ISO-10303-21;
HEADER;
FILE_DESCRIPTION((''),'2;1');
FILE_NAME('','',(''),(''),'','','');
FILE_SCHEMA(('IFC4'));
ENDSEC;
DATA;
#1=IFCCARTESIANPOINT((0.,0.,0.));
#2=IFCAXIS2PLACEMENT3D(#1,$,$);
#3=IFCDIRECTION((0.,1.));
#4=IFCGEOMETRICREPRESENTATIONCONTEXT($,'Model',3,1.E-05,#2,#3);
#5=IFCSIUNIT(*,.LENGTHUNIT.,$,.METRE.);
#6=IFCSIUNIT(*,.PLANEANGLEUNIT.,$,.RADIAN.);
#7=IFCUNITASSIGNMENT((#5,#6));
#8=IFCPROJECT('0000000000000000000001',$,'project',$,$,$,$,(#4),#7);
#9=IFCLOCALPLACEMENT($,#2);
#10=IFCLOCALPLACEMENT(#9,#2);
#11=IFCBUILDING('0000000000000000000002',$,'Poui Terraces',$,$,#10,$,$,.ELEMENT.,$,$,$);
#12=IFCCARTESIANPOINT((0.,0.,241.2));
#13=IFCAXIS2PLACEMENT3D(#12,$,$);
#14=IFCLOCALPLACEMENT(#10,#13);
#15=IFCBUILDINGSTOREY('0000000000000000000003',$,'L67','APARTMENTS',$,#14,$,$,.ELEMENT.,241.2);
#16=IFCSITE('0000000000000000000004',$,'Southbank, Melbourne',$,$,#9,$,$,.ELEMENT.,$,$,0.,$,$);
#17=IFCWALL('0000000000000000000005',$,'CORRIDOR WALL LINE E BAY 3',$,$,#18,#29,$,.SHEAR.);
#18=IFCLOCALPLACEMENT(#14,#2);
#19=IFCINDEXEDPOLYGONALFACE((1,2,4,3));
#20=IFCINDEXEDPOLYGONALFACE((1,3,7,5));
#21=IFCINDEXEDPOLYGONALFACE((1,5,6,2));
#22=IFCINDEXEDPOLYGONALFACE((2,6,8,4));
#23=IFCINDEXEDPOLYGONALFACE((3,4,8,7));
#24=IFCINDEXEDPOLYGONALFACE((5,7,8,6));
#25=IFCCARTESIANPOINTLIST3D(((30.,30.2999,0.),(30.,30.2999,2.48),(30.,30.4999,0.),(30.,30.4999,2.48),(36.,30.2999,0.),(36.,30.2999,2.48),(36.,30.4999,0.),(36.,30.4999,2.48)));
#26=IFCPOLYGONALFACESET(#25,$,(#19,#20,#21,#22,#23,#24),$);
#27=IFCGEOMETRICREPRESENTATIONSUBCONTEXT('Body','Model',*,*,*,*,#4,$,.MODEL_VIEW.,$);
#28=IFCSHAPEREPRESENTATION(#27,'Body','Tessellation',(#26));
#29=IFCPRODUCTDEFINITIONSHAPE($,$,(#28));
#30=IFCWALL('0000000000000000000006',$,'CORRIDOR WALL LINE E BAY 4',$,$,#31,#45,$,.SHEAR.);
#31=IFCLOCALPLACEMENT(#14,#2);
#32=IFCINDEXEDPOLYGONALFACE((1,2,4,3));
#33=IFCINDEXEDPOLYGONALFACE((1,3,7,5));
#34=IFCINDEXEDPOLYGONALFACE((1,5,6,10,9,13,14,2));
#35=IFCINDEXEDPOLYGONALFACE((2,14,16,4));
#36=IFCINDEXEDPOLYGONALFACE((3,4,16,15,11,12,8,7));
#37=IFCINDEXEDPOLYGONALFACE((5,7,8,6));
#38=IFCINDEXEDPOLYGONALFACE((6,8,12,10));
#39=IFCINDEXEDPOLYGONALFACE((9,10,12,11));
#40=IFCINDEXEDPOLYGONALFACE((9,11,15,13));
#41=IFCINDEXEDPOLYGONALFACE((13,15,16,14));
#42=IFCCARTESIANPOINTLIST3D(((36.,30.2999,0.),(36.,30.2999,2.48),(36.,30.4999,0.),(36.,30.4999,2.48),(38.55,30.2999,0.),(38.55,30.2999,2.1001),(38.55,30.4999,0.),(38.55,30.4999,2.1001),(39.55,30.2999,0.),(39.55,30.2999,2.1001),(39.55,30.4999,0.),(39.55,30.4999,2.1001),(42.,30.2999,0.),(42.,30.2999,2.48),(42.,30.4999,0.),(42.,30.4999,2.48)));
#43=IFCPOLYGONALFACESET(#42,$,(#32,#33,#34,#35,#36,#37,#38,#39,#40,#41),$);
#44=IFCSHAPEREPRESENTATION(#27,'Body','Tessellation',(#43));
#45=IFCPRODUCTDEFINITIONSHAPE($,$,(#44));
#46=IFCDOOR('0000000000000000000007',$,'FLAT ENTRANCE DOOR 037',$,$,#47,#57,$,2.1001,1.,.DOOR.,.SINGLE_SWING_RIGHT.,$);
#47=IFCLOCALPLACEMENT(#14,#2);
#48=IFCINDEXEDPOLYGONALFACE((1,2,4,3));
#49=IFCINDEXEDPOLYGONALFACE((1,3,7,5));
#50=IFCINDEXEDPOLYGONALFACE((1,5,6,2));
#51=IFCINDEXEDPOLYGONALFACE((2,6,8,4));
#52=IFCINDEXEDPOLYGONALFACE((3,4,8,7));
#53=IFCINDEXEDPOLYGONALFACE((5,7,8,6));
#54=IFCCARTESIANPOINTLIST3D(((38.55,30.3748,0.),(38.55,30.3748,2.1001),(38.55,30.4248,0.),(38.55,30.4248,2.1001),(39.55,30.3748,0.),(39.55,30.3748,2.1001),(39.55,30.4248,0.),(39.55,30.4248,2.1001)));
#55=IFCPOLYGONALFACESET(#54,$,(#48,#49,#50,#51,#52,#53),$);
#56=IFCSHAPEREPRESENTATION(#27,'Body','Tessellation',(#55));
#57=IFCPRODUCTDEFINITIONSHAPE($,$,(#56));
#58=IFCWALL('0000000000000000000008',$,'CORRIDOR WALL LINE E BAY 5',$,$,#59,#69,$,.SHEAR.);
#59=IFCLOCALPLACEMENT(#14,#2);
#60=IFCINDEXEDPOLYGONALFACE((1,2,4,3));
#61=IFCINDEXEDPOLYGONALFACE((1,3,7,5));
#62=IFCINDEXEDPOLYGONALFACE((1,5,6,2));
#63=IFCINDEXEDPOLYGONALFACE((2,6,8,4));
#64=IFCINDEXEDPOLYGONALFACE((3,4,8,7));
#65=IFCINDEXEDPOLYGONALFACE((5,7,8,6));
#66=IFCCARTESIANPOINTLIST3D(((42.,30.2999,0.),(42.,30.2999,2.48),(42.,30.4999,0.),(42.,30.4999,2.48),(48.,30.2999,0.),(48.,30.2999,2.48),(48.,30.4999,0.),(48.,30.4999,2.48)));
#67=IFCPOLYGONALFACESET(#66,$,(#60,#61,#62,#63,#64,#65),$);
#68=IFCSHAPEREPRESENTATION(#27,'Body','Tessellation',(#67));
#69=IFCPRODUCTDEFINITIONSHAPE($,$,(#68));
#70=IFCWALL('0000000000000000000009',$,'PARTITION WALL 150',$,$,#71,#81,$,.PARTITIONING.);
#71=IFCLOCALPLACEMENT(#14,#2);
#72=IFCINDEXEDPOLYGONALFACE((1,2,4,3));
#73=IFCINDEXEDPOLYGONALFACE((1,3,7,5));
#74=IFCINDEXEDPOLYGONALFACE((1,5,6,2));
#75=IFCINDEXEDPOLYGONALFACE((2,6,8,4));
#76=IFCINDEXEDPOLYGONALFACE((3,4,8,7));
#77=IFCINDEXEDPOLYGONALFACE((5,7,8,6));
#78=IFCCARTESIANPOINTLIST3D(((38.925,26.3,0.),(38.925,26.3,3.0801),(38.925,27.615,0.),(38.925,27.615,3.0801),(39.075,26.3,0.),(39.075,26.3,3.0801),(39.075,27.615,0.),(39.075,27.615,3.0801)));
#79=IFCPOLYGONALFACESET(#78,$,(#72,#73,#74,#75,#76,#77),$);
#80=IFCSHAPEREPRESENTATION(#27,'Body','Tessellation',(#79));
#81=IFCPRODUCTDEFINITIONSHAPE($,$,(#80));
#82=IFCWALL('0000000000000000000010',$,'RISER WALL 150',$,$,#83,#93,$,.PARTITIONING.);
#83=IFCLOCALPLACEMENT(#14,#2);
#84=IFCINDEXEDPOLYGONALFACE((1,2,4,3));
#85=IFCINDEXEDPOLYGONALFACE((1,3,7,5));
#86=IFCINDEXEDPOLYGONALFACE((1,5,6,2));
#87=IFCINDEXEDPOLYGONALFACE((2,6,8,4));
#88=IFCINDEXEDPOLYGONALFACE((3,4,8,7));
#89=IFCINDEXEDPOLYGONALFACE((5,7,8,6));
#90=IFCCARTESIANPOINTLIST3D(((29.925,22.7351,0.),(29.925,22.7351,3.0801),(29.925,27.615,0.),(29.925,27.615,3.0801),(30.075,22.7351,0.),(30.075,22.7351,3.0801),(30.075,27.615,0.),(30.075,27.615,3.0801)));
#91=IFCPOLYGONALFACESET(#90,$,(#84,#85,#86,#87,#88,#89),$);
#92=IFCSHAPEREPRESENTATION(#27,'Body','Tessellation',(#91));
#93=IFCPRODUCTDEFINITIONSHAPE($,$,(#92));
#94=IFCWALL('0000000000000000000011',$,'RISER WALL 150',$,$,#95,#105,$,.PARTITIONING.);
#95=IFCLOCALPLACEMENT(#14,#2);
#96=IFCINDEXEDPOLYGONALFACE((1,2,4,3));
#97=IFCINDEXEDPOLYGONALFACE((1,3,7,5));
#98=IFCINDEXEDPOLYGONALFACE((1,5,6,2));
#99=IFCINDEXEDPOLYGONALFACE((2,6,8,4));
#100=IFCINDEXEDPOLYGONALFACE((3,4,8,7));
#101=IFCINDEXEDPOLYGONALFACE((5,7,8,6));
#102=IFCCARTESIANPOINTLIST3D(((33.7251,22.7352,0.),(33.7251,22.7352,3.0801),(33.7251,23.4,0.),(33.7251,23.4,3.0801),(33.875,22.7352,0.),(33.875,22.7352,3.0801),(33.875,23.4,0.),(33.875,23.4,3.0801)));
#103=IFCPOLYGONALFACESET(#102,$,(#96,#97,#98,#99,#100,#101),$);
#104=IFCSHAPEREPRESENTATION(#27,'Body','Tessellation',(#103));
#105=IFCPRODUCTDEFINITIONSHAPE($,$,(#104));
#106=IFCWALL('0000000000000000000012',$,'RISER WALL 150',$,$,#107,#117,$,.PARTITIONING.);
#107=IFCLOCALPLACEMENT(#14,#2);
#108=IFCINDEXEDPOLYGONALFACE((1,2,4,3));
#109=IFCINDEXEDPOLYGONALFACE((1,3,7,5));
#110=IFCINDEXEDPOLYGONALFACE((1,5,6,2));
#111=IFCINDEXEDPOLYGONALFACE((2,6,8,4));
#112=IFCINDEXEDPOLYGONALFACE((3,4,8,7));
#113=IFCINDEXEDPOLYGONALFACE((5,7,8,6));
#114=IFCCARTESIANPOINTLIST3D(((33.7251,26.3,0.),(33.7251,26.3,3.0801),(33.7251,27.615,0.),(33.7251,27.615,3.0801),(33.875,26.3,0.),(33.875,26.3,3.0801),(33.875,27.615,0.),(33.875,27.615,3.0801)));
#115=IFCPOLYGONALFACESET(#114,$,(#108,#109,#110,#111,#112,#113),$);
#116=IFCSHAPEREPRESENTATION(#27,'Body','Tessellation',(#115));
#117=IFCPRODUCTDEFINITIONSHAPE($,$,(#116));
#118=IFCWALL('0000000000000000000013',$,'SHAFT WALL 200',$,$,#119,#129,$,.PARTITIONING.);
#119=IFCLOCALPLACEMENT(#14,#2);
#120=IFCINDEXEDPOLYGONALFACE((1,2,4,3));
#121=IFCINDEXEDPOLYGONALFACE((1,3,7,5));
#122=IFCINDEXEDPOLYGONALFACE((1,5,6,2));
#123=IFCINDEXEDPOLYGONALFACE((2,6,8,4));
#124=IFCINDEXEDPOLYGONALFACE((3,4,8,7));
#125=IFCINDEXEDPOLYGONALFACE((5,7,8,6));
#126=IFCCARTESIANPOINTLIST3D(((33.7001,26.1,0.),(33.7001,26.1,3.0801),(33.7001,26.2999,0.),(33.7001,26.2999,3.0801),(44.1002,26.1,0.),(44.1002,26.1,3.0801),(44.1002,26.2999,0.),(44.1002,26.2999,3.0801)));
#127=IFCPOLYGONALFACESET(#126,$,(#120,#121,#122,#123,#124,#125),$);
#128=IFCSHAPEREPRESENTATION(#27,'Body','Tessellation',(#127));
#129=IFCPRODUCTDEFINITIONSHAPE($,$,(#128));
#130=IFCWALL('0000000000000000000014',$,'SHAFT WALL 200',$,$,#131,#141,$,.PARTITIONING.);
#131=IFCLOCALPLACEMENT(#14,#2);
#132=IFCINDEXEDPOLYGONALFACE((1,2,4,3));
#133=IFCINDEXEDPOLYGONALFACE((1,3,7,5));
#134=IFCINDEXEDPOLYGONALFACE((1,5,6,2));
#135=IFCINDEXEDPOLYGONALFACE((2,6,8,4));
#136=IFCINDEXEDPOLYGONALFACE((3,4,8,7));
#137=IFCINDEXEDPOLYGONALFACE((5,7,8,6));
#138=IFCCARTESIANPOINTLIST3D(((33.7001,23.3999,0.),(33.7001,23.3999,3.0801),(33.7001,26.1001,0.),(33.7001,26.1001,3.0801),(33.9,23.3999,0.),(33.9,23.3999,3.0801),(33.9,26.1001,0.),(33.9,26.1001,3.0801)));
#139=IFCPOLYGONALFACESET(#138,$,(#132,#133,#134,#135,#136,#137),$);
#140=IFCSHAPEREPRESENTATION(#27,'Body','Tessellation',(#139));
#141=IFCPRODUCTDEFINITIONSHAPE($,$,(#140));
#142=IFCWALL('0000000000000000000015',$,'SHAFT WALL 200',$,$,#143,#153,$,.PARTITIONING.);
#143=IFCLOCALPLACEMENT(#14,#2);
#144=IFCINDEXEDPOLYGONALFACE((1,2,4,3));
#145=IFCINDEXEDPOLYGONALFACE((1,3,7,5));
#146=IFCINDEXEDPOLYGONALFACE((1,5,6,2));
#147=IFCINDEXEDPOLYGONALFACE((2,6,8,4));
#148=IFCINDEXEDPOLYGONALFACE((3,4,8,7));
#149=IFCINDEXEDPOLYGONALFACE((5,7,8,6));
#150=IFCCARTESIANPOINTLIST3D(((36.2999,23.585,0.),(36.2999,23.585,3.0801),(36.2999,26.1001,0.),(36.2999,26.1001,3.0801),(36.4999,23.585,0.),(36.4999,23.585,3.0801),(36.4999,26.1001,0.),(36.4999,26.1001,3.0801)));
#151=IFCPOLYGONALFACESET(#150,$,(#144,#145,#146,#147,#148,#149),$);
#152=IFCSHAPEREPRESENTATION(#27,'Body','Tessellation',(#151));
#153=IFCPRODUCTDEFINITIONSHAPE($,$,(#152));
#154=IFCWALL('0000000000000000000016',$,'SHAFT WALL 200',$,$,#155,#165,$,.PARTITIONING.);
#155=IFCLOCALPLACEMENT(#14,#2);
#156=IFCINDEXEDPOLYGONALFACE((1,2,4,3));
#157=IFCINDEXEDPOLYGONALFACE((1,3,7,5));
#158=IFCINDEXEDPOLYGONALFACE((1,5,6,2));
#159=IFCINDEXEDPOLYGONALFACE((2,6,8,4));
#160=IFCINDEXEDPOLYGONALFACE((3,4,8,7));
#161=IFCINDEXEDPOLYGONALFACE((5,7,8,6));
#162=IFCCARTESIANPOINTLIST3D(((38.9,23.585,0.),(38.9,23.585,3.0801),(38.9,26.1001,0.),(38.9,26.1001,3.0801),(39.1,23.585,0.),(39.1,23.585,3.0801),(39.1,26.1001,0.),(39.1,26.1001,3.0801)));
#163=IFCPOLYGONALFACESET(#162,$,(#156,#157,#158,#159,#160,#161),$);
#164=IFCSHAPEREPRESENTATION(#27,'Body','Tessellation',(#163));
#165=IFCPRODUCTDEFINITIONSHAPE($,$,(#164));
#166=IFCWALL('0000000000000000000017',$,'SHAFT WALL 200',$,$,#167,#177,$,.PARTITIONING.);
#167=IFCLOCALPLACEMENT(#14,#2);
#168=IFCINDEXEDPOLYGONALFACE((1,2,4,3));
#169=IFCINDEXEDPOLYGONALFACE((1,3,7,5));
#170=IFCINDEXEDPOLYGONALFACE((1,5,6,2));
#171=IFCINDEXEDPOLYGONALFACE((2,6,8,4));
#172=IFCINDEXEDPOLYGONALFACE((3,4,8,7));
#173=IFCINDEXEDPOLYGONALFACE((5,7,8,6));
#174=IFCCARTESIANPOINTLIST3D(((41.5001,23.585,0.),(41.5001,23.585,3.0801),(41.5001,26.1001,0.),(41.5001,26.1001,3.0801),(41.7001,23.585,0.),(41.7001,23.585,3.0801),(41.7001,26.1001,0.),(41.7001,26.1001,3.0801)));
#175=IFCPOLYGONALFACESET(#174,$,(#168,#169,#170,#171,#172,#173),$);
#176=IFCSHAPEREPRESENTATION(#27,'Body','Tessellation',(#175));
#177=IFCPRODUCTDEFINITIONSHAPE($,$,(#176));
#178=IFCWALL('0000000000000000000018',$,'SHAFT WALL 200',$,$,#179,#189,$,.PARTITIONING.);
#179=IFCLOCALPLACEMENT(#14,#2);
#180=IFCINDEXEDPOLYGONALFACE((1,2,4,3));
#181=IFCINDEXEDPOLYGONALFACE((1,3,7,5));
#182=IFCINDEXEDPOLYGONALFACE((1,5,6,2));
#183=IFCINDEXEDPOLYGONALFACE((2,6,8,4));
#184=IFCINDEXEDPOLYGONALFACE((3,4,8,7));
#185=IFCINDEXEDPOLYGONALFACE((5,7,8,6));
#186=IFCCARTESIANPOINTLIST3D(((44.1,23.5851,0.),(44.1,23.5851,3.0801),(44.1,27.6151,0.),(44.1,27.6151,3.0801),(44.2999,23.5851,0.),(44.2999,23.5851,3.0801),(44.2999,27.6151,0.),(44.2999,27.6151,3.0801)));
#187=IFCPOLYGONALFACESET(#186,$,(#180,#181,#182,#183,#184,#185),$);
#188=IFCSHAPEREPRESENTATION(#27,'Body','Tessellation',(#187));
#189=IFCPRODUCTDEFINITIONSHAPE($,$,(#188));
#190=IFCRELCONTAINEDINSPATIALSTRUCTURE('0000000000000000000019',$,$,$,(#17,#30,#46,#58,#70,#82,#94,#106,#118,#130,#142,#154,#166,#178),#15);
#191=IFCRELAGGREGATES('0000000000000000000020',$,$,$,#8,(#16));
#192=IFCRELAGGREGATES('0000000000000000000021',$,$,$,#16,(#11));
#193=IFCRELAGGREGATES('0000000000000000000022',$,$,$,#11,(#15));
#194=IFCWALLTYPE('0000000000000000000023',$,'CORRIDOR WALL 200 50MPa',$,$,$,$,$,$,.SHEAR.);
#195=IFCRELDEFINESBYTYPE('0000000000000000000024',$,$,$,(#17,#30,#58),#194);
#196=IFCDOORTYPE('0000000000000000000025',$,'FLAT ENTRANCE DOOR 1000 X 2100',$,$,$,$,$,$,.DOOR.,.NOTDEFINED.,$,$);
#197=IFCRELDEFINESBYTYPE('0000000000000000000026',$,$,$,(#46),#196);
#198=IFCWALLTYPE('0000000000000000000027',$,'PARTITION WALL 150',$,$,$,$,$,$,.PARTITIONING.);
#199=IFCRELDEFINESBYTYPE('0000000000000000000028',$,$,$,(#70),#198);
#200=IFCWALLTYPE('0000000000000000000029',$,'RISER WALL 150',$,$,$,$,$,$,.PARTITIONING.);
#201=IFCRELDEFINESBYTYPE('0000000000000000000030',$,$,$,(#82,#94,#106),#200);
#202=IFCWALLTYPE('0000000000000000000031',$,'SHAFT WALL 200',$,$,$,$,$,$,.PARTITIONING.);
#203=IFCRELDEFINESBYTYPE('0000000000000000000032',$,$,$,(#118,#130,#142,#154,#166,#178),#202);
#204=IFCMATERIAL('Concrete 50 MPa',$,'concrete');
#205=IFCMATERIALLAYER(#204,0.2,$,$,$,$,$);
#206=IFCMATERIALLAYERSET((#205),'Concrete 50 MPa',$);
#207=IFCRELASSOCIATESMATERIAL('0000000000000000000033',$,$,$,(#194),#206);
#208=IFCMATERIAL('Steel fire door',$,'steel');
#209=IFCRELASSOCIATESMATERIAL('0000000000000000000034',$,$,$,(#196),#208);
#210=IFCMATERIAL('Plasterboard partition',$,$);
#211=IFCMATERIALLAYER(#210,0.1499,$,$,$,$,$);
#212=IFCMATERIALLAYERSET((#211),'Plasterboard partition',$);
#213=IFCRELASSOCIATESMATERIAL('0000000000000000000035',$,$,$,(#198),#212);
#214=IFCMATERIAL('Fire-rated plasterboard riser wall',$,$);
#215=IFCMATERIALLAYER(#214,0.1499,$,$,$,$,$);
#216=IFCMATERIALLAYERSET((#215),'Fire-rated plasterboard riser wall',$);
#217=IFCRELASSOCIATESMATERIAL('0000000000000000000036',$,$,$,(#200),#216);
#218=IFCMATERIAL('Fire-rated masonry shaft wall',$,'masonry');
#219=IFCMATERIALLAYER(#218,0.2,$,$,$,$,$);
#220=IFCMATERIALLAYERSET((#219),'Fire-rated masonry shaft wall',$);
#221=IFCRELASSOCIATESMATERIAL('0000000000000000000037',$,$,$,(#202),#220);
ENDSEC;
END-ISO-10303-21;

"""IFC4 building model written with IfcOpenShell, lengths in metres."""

from ifc_helpers import new_model, si_unit, direction, frame, frame_2d, origin, place, context, subcontext, project, spatial, rectangle, extrude, material, layer, layer_set, type_object, element, fill, save


model = new_model("IFC4")

# Units and contexts
model_context = context("Model", 3, precision=1e-05, world=origin(), true_north=direction((0.0, 1.0)))
body_context = subcontext(model_context, "Body", "Model", "MODEL_VIEW")
ifc_project = project(units=[si_unit("LENGTHUNIT", "METRE"), si_unit("PLANEANGLEUNIT", "RADIAN")], contexts=[model_context])

# Site, building, storey
site_placement = place(None, origin())
site = spatial("IfcSite", under=ifc_project, at=site_placement, Name="Southbank, Melbourne", CompositionType="ELEMENT", RefElevation=0.0)
building_placement = place(site_placement, origin())
building = spatial("IfcBuilding", under=site, at=building_placement, Name="Poui Terraces", CompositionType="ELEMENT")
storey_placement = place(building_placement, frame((0.0, 0.0, 241.2)))
storey = spatial("IfcBuildingStorey", under=building, at=storey_placement, Name="L67", Description="APARTMENTS", CompositionType="ELEMENT", Elevation=241.2)

# Shared definitions
ifc_material_1 = material(Name="Concrete 50 MPa", Category="concrete")

# Shared definitions
ifc_material_2 = material(Name="Steel fire door", Category="steel")

# Wall
ifc_layer_1 = layer(ifc_material_1, 0.2)
ifc_layer_set_1 = layer_set([ifc_layer_1], Name="Concrete 50 MPa")
wall_type_1 = type_object("IfcWallType", Name="CORRIDOR WALL 200 50MPa", PredefinedType="SHEAR", material=ifc_layer_set_1)
wall_1_placement = place(storey_placement, frame((30.0, 30.3999, 0.0), z_axis=(0.0, 0.0, 1.0), x_axis=(1.0, 0.0, 0.0)))
element("IfcWall", 1, at=wall_1_placement, inside=storey, type_object=wall_type_1, Name="CORRIDOR WALL LINE E BAY 3", PredefinedType="SHEAR", context=body_context, shape_type="SweptSolid", body=[
    extrude(rectangle(XDim=6.0, YDim=0.2, at=frame_2d((3.0, 0.0))), origin(), (0.0, 0.0, 1.0), 2.48),
])

# Wall, opening, door
wall_2_placement = place(storey_placement, frame((36.0, 30.3999, 0.0), z_axis=(0.0, 0.0, 1.0), x_axis=(1.0, 0.0, 0.0)))
wall_2 = element("IfcWall", 2, at=wall_2_placement, inside=storey, type_object=wall_type_1, Name="CORRIDOR WALL LINE E BAY 4", PredefinedType="SHEAR", context=body_context, shape_type="SweptSolid", body=[
    extrude(rectangle(XDim=6.0, YDim=0.2, at=frame_2d((3.0, 0.0))), origin(), (0.0, 0.0, 1.0), 2.48),
])
opening_1_placement = place(wall_2_placement, frame((2.55, 0.0, 0.0)))
opening_1 = element("IfcOpeningElement", 3, at=opening_1_placement, cuts=wall_2, PredefinedType="OPENING", context=body_context, shape_type="SweptSolid", body=[
    extrude(rectangle(XDim=1.0, YDim=2.1001, at=frame_2d((0.5, 1.05))), frame((0.0, 0.1099, 0.0), z_axis=(0.0, -1.0, 0.0), x_axis=(1.0, 0.0, 0.0)), (0.0, 0.0, 1.0), 0.22),
])
door_type_1 = type_object("IfcDoorType", Name="FLAT ENTRANCE DOOR 1000 X 2100", OperationType="NOTDEFINED", PredefinedType="DOOR", material=ifc_material_2)
door_1_placement = place(opening_1_placement, origin())
door_1 = element("IfcDoor", 4, at=door_1_placement, inside=storey, type_object=door_type_1, Name="FLAT ENTRANCE DOOR 037", OperationType="SINGLE_SWING_RIGHT", OverallHeight=2.1001, OverallWidth=1.0, PredefinedType="DOOR", context=body_context, shape_type="SweptSolid", body=[
    extrude(rectangle(XDim=1.0, YDim=2.1001, at=frame_2d((0.5, 1.05))), frame((0.0, 0.0249, 0.0), z_axis=(0.0, -1.0, 0.0), x_axis=(1.0, 0.0, 0.0)), (0.0, 0.0, 1.0), 0.05),
])
fill(opening_1, door_1)

# Walls
wall_3_placement = place(storey_placement, frame((42.0, 30.3999, 0.0), z_axis=(0.0, 0.0, 1.0), x_axis=(1.0, 0.0, 0.0)))
element("IfcWall", 5, at=wall_3_placement, inside=storey, type_object=wall_type_1, Name="CORRIDOR WALL LINE E BAY 5", PredefinedType="SHEAR", context=body_context, shape_type="SweptSolid", body=[
    extrude(rectangle(XDim=6.0, YDim=0.2, at=frame_2d((3.0, 0.0))), origin(), (0.0, 0.0, 1.0), 2.48),
])
ifc_material_3 = material(Name="Plasterboard partition")
ifc_layer_2 = layer(ifc_material_3, 0.1499)
ifc_layer_set_2 = layer_set([ifc_layer_2], Name="Plasterboard partition")
wall_type_2 = type_object("IfcWallType", Name="PARTITION WALL 150", PredefinedType="PARTITIONING", material=ifc_layer_set_2)
wall_4_placement = place(storey_placement, frame((39.0, 26.3, 0.0), z_axis=(0.0, 0.0, 1.0), x_axis=(0.0, 1.0, 0.0)))
element("IfcWall", 6, at=wall_4_placement, inside=storey, type_object=wall_type_2, Name="PARTITION WALL 150", PredefinedType="PARTITIONING", context=body_context, shape_type="SweptSolid", body=[
    extrude(rectangle(XDim=1.3149, YDim=0.1499, at=frame_2d((0.6575, 0.0))), origin(), (0.0, 0.0, 1.0), 3.0801),
])
ifc_material_4 = material(Name="Fire-rated plasterboard riser wall")
ifc_layer_3 = layer(ifc_material_4, 0.1499)
ifc_layer_set_3 = layer_set([ifc_layer_3], Name="Fire-rated plasterboard riser wall")
wall_type_3 = type_object("IfcWallType", Name="RISER WALL 150", PredefinedType="PARTITIONING", material=ifc_layer_set_3)
wall_5_placement = place(storey_placement, frame((30.0, 22.7351, 0.0), z_axis=(0.0, 0.0, 1.0), x_axis=(0.0, 1.0, 0.0)))
element("IfcWall", 7, at=wall_5_placement, inside=storey, type_object=wall_type_3, Name="RISER WALL 150", PredefinedType="PARTITIONING", context=body_context, shape_type="SweptSolid", body=[
    extrude(rectangle(XDim=4.8799, YDim=0.1499, at=frame_2d((2.4399, 0.0))), origin(), (0.0, 0.0, 1.0), 3.0801),
])
wall_6_placement = place(storey_placement, frame((33.8, 22.7351, 0.0), z_axis=(0.0, 0.0, 1.0), x_axis=(0.0, 1.0, 0.0)))
element("IfcWall", 8, at=wall_6_placement, inside=storey, type_object=wall_type_3, Name="RISER WALL 150", PredefinedType="PARTITIONING", context=body_context, shape_type="SweptSolid", body=[
    extrude(rectangle(XDim=0.6648, YDim=0.1499, at=frame_2d((0.3325, 0.0))), origin(), (0.0, 0.0, 1.0), 3.0801),
])
wall_7_placement = place(storey_placement, frame((33.8, 26.3, 0.0), z_axis=(0.0, 0.0, 1.0), x_axis=(0.0, 1.0, 0.0)))
element("IfcWall", 9, at=wall_7_placement, inside=storey, type_object=wall_type_3, Name="RISER WALL 150", PredefinedType="PARTITIONING", context=body_context, shape_type="SweptSolid", body=[
    extrude(rectangle(XDim=1.3149, YDim=0.1499, at=frame_2d((0.6575, 0.0))), origin(), (0.0, 0.0, 1.0), 3.0801),
])
ifc_material_5 = material(Name="Fire-rated masonry shaft wall", Category="masonry")
ifc_layer_4 = layer(ifc_material_5, 0.2)
ifc_layer_set_4 = layer_set([ifc_layer_4], Name="Fire-rated masonry shaft wall")
wall_type_4 = type_object("IfcWallType", Name="SHAFT WALL 200", PredefinedType="PARTITIONING", material=ifc_layer_set_4)
wall_8_placement = place(storey_placement, frame((33.7, 26.2, 0.0), z_axis=(0.0, 0.0, 1.0), x_axis=(1.0, 0.0, 0.0)))
element("IfcWall", 10, at=wall_8_placement, inside=storey, type_object=wall_type_4, Name="SHAFT WALL 200", PredefinedType="PARTITIONING", context=body_context, shape_type="SweptSolid", body=[
    extrude(rectangle(XDim=10.4001, YDim=0.2, at=frame_2d((5.2002, 0.0))), origin(), (0.0, 0.0, 1.0), 3.0801),
])
wall_9_placement = place(storey_placement, frame((33.8, 23.3999, 0.0), z_axis=(0.0, 0.0, 1.0), x_axis=(0.0, 1.0, 0.0)))
element("IfcWall", 11, at=wall_9_placement, inside=storey, type_object=wall_type_4, Name="SHAFT WALL 200", PredefinedType="PARTITIONING", context=body_context, shape_type="SweptSolid", body=[
    extrude(rectangle(XDim=2.7002, YDim=0.2, at=frame_2d((1.3501, 0.0))), origin(), (0.0, 0.0, 1.0), 3.0801),
])
for number, where, z_axis, x_axis, name in (
    (12, (36.3999, 23.585, 0.0), (0.0, 0.0, 1.0), (0.0, 1.0, 0.0), "SHAFT WALL 200"),
    (13, (39.0, 23.585, 0.0), (0.0, 0.0, 1.0), (0.0, 1.0, 0.0), "SHAFT WALL 200"),
    (14, (41.6001, 23.585, 0.0), (0.0, 0.0, 1.0), (0.0, 1.0, 0.0), "SHAFT WALL 200"),
):
    element("IfcWall", number, at=place(storey_placement, frame(where, z_axis=z_axis, x_axis=x_axis)), inside=storey, type_object=wall_type_4, Name=name, PredefinedType="PARTITIONING", context=body_context, shape_type="SweptSolid", body=[
        extrude(rectangle(XDim=2.5151, YDim=0.2, at=frame_2d((1.2576, 0.0))), origin(), (0.0, 0.0, 1.0), 3.0801),
    ])
for number, where, z_axis, x_axis, name in (
    (15, (44.2, 23.585, 0.0), (0.0, 0.0, 1.0), (0.0, 1.0, 0.0), "SHAFT WALL 200"),
):
    element("IfcWall", number, at=place(storey_placement, frame(where, z_axis=z_axis, x_axis=x_axis)), inside=storey, type_object=wall_type_4, Name=name, PredefinedType="PARTITIONING", context=body_context, shape_type="SweptSolid", body=[
        extrude(rectangle(XDim=4.03, YDim=0.2, at=frame_2d((2.0151, 0.0))), origin(), (0.0, 0.0, 1.0), 3.0801),
    ])

save(model, "model.ifc")
